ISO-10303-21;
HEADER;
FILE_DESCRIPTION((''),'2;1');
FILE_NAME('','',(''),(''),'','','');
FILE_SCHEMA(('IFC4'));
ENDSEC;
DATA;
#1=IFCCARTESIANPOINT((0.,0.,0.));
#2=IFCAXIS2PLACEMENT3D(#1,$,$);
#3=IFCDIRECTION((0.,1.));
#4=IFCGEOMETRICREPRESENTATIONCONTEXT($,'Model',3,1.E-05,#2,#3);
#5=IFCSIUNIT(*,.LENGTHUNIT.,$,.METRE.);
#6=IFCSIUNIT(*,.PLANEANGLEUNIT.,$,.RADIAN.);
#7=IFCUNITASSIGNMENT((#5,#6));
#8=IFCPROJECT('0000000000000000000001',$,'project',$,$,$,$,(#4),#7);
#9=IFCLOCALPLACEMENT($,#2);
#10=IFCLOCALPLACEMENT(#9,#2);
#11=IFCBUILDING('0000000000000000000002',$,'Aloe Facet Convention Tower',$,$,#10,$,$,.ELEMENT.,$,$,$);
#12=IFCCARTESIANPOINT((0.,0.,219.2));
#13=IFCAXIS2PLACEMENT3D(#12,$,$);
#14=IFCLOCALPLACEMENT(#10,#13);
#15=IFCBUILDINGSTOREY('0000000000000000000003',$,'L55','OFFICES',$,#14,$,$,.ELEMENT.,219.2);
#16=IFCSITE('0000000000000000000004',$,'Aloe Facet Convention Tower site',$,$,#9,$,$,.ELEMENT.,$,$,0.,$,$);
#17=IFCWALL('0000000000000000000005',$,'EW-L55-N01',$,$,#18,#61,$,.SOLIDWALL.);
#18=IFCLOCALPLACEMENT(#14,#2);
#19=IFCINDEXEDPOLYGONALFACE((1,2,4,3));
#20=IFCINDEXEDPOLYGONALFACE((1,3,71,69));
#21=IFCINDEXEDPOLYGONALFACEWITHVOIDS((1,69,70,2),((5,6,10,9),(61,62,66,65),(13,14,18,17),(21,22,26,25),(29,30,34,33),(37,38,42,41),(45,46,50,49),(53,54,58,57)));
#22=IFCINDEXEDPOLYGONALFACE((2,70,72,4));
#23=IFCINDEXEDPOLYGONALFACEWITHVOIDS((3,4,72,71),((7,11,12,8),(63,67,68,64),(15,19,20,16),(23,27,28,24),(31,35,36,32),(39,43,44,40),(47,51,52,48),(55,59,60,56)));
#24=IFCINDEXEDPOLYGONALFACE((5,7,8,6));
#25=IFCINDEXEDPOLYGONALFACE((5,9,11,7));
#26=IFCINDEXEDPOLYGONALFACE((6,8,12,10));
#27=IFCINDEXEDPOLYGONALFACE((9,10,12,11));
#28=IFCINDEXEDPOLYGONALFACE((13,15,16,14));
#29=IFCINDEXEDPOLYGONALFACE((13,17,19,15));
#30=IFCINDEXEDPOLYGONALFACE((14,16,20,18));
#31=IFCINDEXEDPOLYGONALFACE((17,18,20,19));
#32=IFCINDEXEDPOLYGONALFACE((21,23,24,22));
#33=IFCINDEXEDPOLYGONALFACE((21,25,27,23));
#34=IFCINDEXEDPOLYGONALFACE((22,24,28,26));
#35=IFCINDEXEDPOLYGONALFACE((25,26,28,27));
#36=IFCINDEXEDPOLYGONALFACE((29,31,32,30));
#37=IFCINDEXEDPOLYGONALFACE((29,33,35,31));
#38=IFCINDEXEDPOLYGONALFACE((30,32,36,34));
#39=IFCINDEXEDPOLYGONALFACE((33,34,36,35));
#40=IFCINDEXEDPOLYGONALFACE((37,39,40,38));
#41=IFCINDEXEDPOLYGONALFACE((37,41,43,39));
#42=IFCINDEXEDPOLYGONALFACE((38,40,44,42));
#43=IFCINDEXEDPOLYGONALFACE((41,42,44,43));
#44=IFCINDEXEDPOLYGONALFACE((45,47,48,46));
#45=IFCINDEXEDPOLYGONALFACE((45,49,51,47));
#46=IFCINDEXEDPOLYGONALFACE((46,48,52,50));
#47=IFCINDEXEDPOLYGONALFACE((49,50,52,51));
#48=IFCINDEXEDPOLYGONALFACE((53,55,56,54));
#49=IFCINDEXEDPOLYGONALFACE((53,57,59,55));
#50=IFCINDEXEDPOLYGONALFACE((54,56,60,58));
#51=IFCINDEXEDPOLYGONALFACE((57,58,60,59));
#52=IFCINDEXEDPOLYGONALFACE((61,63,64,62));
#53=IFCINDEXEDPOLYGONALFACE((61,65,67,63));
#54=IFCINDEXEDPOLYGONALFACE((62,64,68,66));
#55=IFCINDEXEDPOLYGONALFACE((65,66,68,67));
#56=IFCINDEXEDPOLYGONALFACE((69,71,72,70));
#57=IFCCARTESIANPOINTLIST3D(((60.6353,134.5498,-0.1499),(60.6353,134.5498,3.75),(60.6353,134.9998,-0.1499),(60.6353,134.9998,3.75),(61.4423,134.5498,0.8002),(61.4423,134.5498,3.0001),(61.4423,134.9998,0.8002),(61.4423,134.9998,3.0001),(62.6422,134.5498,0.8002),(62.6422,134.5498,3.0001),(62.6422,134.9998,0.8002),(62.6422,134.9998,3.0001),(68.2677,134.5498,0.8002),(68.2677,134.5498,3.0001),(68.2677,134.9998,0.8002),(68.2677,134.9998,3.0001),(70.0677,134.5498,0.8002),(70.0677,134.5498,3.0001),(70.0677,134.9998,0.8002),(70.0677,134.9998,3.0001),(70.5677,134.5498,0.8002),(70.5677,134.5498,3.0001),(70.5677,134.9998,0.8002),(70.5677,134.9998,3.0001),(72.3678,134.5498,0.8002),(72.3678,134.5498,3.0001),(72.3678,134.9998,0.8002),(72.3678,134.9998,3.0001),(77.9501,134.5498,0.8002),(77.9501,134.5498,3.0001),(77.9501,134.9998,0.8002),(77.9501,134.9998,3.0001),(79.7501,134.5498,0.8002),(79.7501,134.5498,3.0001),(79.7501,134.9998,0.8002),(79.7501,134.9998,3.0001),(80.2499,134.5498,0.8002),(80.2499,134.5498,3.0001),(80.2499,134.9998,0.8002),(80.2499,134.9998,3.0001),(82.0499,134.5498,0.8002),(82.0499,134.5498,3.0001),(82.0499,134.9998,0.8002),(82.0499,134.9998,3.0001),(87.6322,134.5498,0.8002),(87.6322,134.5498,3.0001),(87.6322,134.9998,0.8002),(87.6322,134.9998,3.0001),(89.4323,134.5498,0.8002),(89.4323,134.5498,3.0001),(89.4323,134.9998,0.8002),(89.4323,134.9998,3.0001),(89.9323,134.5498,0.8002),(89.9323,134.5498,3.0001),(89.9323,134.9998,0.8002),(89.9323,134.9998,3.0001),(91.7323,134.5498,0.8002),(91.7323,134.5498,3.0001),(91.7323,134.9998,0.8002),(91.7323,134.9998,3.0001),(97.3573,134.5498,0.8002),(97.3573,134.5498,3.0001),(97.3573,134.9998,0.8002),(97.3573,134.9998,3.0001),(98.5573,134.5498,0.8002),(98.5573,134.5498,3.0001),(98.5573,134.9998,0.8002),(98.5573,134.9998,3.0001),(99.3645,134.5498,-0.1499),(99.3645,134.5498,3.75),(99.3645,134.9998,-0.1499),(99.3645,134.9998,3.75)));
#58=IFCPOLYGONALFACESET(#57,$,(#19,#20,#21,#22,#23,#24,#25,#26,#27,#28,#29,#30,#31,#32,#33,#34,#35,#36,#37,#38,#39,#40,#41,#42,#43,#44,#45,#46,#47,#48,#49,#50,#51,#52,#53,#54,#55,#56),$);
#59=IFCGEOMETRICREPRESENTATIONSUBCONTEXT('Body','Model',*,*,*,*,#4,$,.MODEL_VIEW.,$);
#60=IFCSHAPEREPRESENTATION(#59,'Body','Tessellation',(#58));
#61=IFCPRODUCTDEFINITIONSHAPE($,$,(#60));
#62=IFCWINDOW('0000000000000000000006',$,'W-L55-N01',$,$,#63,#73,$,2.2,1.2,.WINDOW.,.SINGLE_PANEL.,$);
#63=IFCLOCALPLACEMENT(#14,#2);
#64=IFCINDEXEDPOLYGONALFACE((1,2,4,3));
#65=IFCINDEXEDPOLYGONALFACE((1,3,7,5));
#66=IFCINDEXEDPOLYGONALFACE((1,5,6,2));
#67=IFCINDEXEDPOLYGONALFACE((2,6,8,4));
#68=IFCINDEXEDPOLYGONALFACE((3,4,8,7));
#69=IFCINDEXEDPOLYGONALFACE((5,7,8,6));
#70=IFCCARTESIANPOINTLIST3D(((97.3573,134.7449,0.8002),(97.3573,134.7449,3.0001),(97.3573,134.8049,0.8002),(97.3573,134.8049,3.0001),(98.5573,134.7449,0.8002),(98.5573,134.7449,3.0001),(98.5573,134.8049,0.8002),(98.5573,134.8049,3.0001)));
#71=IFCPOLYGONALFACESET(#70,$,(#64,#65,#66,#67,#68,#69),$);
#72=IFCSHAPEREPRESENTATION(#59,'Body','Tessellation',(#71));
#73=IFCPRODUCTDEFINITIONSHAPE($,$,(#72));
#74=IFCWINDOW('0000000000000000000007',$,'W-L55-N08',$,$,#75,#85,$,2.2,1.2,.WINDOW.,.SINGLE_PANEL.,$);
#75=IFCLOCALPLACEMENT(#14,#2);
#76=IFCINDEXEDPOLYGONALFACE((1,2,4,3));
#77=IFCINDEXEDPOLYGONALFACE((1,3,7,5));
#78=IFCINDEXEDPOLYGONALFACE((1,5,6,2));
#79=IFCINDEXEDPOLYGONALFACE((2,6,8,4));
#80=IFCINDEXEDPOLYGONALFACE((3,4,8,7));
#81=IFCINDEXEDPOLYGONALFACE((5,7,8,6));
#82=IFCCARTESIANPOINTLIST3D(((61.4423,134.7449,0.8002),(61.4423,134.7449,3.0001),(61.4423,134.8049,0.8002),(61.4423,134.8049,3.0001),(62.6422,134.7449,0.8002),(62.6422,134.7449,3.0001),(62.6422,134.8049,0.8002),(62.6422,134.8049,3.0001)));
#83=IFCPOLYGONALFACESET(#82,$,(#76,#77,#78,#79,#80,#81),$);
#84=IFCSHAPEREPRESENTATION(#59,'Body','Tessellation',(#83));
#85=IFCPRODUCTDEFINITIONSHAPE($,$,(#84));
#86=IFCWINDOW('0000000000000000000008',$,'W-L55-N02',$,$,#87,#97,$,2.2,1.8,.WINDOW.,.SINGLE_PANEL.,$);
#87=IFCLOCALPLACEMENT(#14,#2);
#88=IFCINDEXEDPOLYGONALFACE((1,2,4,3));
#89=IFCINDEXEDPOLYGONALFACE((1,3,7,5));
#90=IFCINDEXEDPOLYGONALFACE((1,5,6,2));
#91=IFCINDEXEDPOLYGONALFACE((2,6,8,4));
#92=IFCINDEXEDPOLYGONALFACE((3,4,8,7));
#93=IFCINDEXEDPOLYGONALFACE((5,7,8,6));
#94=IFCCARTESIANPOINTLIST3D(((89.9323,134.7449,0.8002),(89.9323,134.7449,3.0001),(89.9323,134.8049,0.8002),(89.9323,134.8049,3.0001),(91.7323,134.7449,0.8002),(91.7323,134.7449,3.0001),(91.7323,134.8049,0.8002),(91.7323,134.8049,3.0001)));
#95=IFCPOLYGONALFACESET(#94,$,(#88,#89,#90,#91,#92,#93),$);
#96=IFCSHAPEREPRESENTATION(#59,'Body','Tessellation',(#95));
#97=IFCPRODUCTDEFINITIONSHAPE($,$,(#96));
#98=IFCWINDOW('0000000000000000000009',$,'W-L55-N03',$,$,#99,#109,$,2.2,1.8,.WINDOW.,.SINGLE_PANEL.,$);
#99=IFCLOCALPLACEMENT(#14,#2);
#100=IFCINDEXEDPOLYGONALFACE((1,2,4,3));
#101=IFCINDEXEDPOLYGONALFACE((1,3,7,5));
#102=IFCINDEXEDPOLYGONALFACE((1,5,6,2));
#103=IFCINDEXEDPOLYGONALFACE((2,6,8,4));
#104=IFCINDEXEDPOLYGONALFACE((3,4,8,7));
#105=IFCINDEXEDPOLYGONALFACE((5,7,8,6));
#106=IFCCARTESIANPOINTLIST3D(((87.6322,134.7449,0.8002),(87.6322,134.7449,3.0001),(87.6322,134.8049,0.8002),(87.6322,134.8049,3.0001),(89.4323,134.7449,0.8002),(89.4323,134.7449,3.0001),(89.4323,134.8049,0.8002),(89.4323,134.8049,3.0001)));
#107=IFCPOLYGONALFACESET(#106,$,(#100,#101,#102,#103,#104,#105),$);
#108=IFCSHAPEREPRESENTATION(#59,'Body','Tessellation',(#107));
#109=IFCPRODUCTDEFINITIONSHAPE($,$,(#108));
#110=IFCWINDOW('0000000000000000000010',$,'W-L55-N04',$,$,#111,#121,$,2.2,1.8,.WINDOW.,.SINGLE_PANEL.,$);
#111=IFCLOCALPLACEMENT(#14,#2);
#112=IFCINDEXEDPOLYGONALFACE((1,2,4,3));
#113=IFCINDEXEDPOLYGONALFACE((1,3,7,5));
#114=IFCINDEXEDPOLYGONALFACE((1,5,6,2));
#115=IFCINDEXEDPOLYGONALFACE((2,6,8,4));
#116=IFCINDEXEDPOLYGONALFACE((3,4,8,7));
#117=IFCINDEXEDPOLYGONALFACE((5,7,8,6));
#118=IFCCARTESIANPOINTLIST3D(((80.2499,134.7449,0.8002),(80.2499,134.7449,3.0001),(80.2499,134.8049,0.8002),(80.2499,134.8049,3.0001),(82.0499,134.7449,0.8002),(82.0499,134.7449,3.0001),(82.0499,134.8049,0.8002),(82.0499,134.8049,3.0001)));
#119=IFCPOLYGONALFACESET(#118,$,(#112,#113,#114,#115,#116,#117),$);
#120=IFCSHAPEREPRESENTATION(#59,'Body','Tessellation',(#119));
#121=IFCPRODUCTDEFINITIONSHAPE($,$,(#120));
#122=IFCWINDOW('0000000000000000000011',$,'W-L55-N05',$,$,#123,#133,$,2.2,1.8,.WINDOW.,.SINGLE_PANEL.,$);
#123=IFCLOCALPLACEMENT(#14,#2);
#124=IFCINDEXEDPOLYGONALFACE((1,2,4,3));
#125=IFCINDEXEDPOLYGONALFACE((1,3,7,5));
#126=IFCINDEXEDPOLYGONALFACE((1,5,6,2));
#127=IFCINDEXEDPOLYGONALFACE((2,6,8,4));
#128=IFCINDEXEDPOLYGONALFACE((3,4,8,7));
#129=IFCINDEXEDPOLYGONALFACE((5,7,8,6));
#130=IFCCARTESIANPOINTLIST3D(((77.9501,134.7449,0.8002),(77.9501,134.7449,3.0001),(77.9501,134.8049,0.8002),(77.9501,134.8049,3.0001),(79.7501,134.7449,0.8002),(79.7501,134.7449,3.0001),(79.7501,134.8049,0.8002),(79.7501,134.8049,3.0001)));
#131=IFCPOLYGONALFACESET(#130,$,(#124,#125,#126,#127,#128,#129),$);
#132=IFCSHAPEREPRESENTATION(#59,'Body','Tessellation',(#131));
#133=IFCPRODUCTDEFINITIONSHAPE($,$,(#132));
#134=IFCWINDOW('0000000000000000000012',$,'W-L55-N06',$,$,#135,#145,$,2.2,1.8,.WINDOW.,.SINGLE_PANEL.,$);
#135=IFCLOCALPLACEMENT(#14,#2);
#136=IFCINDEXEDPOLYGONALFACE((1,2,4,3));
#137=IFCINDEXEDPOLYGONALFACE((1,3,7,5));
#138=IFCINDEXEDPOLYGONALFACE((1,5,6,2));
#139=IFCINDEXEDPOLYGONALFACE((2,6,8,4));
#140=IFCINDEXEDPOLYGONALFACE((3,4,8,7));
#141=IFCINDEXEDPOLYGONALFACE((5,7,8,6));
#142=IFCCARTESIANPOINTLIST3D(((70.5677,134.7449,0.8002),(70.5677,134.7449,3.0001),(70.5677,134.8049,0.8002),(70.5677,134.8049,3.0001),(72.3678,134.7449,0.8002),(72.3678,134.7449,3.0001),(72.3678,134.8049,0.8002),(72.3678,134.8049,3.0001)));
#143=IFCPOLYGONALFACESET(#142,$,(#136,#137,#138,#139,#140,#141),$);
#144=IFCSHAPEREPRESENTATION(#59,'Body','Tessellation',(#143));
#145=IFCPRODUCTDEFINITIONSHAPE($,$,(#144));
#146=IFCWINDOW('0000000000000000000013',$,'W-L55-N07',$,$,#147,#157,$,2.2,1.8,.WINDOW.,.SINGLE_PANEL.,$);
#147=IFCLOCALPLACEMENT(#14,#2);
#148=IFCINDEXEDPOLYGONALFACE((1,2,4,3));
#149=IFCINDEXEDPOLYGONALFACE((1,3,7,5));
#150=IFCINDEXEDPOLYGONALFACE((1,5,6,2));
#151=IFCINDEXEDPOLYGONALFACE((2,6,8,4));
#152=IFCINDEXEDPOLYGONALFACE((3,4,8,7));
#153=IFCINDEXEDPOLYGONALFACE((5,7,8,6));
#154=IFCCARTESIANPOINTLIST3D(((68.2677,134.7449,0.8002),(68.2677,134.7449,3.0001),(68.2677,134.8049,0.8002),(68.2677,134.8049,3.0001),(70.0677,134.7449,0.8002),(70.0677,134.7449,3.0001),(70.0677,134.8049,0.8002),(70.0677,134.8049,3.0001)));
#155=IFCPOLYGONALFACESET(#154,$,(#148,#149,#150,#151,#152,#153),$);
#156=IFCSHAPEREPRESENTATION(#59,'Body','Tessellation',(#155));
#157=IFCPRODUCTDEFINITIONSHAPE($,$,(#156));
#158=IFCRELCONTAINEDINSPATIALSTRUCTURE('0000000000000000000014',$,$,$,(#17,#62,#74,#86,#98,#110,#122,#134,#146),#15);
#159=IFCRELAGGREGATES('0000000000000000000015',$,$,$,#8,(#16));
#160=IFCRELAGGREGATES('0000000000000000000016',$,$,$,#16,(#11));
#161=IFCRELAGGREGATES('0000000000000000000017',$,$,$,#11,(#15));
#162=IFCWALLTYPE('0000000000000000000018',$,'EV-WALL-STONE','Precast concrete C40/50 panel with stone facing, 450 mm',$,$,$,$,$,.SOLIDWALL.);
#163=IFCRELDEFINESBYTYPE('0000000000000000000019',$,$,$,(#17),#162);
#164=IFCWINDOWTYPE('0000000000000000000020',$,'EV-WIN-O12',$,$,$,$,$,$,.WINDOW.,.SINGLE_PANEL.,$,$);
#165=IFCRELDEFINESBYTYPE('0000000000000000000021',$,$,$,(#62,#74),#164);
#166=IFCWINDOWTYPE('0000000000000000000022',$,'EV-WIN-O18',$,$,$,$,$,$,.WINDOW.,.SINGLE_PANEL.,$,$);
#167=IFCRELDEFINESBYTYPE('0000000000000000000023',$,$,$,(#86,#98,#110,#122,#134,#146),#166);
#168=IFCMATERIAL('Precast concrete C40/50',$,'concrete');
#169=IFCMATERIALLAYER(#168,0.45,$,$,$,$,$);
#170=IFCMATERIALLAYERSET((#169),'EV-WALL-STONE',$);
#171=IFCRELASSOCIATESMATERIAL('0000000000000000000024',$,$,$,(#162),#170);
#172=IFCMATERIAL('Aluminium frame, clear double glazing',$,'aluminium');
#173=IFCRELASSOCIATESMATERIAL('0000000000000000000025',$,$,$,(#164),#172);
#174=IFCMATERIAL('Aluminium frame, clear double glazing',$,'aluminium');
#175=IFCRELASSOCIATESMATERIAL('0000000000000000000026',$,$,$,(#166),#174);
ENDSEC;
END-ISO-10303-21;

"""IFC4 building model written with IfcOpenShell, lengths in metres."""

from ifc_helpers import new_model, si_unit, direction, frame, frame_2d, origin, place, context, subcontext, project, spatial, polyline, rectangle, outline, extrude, material, layer, layer_set, type_object, element, fill, save


model = new_model("IFC4")

# Units and contexts
model_context = context("Model", 3, precision=1e-05, world=origin(), true_north=direction((0.0, 1.0)))
body_context = subcontext(model_context, "Body", "Model", "MODEL_VIEW")
ifc_project = project(units=[si_unit("LENGTHUNIT", "METRE"), si_unit("PLANEANGLEUNIT", "RADIAN")], contexts=[model_context])

# Site, building, storey
site_placement = place(None, origin())
site = spatial("IfcSite", under=ifc_project, at=site_placement, Name="Aloe Facet Convention Tower site", CompositionType="ELEMENT", RefElevation=0.0)
building_placement = place(site_placement, origin())
building = spatial("IfcBuilding", under=site, at=building_placement, Name="Aloe Facet Convention Tower", CompositionType="ELEMENT")
storey_placement = place(building_placement, frame((0.0, 0.0, 219.2)))
storey = spatial("IfcBuildingStorey", under=building, at=storey_placement, Name="L55", Description="OFFICES", CompositionType="ELEMENT", Elevation=219.2)

# Wall, openings, windows
ifc_material_1 = material(Name="Precast concrete C40/50", Category="concrete")
ifc_layer_1 = layer(ifc_material_1, 0.45)
ifc_layer_set_1 = layer_set([ifc_layer_1], Name="EV-WALL-STONE")
wall_type_1 = type_object("IfcWallType", Name="EV-WALL-STONE", Description="Precast concrete C40/50 panel with stone facing, 450 mm", PredefinedType="SOLIDWALL", material=ifc_layer_set_1)
wall_1_placement = place(storey_placement, frame((99.3645, 134.7749, -0.1499), z_axis=(0.0, 0.0, 1.0), x_axis=(-1.0, 0.0, 0.0)))
wall_1 = element("IfcWall", 1, at=wall_1_placement, inside=storey, type_object=wall_type_1, Name="EW-L55-N01", PredefinedType="SOLIDWALL", context=body_context, shape_type="SweptSolid", body=[
    extrude(outline(polyline([(38.7292, 0.0), (38.7292, 3.8999), (0.0, 3.8999), (0.0, 0.0), (38.7292, 0.0)])), frame((0.0, 0.2251, 0.0), z_axis=(0.0, -1.0, 0.0), x_axis=(1.0, 0.0, 0.0)), (0.0, 0.0, 1.0), 0.45),
])
opening_1_placement = place(wall_1_placement, frame((0.8071, 0.0, 0.95)))
opening_1 = element("IfcOpeningElement", 2, at=opening_1_placement, cuts=wall_1, PredefinedType="OPENING", context=body_context, shape_type="SweptSolid", body=[
    extrude(rectangle(XDim=1.2, YDim=2.2, at=frame_2d((0.6001, 1.1001))), frame((0.0, 0.2349, 0.0), z_axis=(0.0, -1.0, 0.0), x_axis=(1.0, 0.0, 0.0)), (0.0, 0.0, 1.0), 0.47),
])
opening_2_placement = place(wall_1_placement, frame((7.6323, 0.0, 0.95)))
opening_2 = element("IfcOpeningElement", 3, at=opening_2_placement, cuts=wall_1, PredefinedType="OPENING", context=body_context, shape_type="SweptSolid", body=[
    extrude(rectangle(XDim=1.8, YDim=2.2, at=frame_2d((0.8999, 1.1001))), frame((0.0, 0.2349, 0.0), z_axis=(0.0, -1.0, 0.0), x_axis=(1.0, 0.0, 0.0)), (0.0, 0.0, 1.0), 0.47),
])
opening_3_placement = place(wall_1_placement, frame((9.9324, 0.0, 0.95)))
opening_3 = element("IfcOpeningElement", 4, at=opening_3_placement, cuts=wall_1, PredefinedType="OPENING", context=body_context, shape_type="SweptSolid", body=[
    extrude(rectangle(XDim=1.8, YDim=2.2, at=frame_2d((0.8999, 1.1001))), frame((0.0, 0.2349, 0.0), z_axis=(0.0, -1.0, 0.0), x_axis=(1.0, 0.0, 0.0)), (0.0, 0.0, 1.0), 0.47),
])
opening_4_placement = place(wall_1_placement, frame((17.3147, 0.0, 0.95)))
opening_4 = element("IfcOpeningElement", 5, at=opening_4_placement, cuts=wall_1, PredefinedType="OPENING", context=body_context, shape_type="SweptSolid", body=[
    extrude(rectangle(XDim=1.8, YDim=2.2, at=frame_2d((0.8999, 1.1001))), frame((0.0, 0.2349, 0.0), z_axis=(0.0, -1.0, 0.0), x_axis=(1.0, 0.0, 0.0)), (0.0, 0.0, 1.0), 0.47),
])
opening_5_placement = place(wall_1_placement, frame((19.6145, 0.0, 0.95)))
opening_5 = element("IfcOpeningElement", 6, at=opening_5_placement, cuts=wall_1, PredefinedType="OPENING", context=body_context, shape_type="SweptSolid", body=[
    extrude(rectangle(XDim=1.8, YDim=2.2, at=frame_2d((0.8999, 1.1001))), frame((0.0, 0.2349, 0.0), z_axis=(0.0, -1.0, 0.0), x_axis=(1.0, 0.0, 0.0)), (0.0, 0.0, 1.0), 0.47),
])
opening_6_placement = place(wall_1_placement, frame((26.9968, 0.0, 0.95)))
opening_6 = element("IfcOpeningElement", 7, at=opening_6_placement, cuts=wall_1, PredefinedType="OPENING", context=body_context, shape_type="SweptSolid", body=[
    extrude(rectangle(XDim=1.8, YDim=2.2, at=frame_2d((0.8999, 1.1001))), frame((0.0, 0.2349, 0.0), z_axis=(0.0, -1.0, 0.0), x_axis=(1.0, 0.0, 0.0)), (0.0, 0.0, 1.0), 0.47),
])
opening_7_placement = place(wall_1_placement, frame((29.2969, 0.0, 0.95)))
opening_7 = element("IfcOpeningElement", 8, at=opening_7_placement, cuts=wall_1, PredefinedType="OPENING", context=body_context, shape_type="SweptSolid", body=[
    extrude(rectangle(XDim=1.8, YDim=2.2, at=frame_2d((0.8999, 1.1001))), frame((0.0, 0.2349, 0.0), z_axis=(0.0, -1.0, 0.0), x_axis=(1.0, 0.0, 0.0)), (0.0, 0.0, 1.0), 0.47),
])
opening_8_placement = place(wall_1_placement, frame((36.7222, 0.0, 0.95)))
opening_8 = element("IfcOpeningElement", 9, at=opening_8_placement, cuts=wall_1, PredefinedType="OPENING", context=body_context, shape_type="SweptSolid", body=[
    extrude(rectangle(XDim=1.2, YDim=2.2, at=frame_2d((0.6001, 1.1001))), frame((0.0, 0.2349, 0.0), z_axis=(0.0, -1.0, 0.0), x_axis=(1.0, 0.0, 0.0)), (0.0, 0.0, 1.0), 0.47),
])
ifc_material_2 = material(Name="Aluminium frame, clear double glazing", Category="aluminium")
window_type_1 = type_object("IfcWindowType", Name="EV-WIN-O12", PartitioningType="SINGLE_PANEL", PredefinedType="WINDOW", material=ifc_material_2)
window_1_placement = place(opening_1_placement, origin())
window_1 = element("IfcWindow", 10, at=window_1_placement, inside=storey, type_object=window_type_1, Name="W-L55-N01", OverallHeight=2.2, OverallWidth=1.2, PartitioningType="SINGLE_PANEL", PredefinedType="WINDOW", context=body_context, shape_type="SweptSolid", body=[
    extrude(rectangle(XDim=1.2, YDim=2.2, at=frame_2d((0.6001, 1.1001))), frame((0.0, 0.03, 0.0), z_axis=(0.0, -1.0, 0.0), x_axis=(1.0, 0.0, 0.0)), (0.0, 0.0, 1.0), 0.0601),
])
fill(opening_1, window_1)
window_2_placement = place(opening_8_placement, origin())
window_2 = element("IfcWindow", 11, at=window_2_placement, inside=storey, type_object=window_type_1, Name="W-L55-N08", OverallHeight=2.2, OverallWidth=1.2, PartitioningType="SINGLE_PANEL", PredefinedType="WINDOW", context=body_context, shape_type="SweptSolid", body=[
    extrude(rectangle(XDim=1.2, YDim=2.2, at=frame_2d((0.6001, 1.1001))), frame((0.0, 0.03, 0.0), z_axis=(0.0, -1.0, 0.0), x_axis=(1.0, 0.0, 0.0)), (0.0, 0.0, 1.0), 0.0601),
])
fill(opening_8, window_2)
ifc_material_3 = material(Name="Aluminium frame, clear double glazing", Category="aluminium")
window_type_2 = type_object("IfcWindowType", Name="EV-WIN-O18", PartitioningType="SINGLE_PANEL", PredefinedType="WINDOW", material=ifc_material_3)
window_3_placement = place(opening_2_placement, origin())
window_3 = element("IfcWindow", 12, at=window_3_placement, inside=storey, type_object=window_type_2, Name="W-L55-N02", OverallHeight=2.2, OverallWidth=1.8, PartitioningType="SINGLE_PANEL", PredefinedType="WINDOW", context=body_context, shape_type="SweptSolid", body=[
    extrude(rectangle(XDim=1.8, YDim=2.2, at=frame_2d((0.8999, 1.1001))), frame((0.0, 0.03, 0.0), z_axis=(0.0, -1.0, 0.0), x_axis=(1.0, 0.0, 0.0)), (0.0, 0.0, 1.0), 0.0601),
])
fill(opening_2, window_3)
window_4_placement = place(opening_3_placement, origin())
window_4 = element("IfcWindow", 13, at=window_4_placement, inside=storey, type_object=window_type_2, Name="W-L55-N03", OverallHeight=2.2, OverallWidth=1.8, PartitioningType="SINGLE_PANEL", PredefinedType="WINDOW", context=body_context, shape_type="SweptSolid", body=[
    extrude(rectangle(XDim=1.8, YDim=2.2, at=frame_2d((0.8999, 1.1001))), frame((0.0, 0.03, 0.0), z_axis=(0.0, -1.0, 0.0), x_axis=(1.0, 0.0, 0.0)), (0.0, 0.0, 1.0), 0.0601),
])
fill(opening_3, window_4)
window_5_placement = place(opening_4_placement, origin())
window_5 = element("IfcWindow", 14, at=window_5_placement, inside=storey, type_object=window_type_2, Name="W-L55-N04", OverallHeight=2.2, OverallWidth=1.8, PartitioningType="SINGLE_PANEL", PredefinedType="WINDOW", context=body_context, shape_type="SweptSolid", body=[
    extrude(rectangle(XDim=1.8, YDim=2.2, at=frame_2d((0.8999, 1.1001))), frame((0.0, 0.03, 0.0), z_axis=(0.0, -1.0, 0.0), x_axis=(1.0, 0.0, 0.0)), (0.0, 0.0, 1.0), 0.0601),
])
fill(opening_4, window_5)
window_6_placement = place(opening_5_placement, origin())
window_6 = element("IfcWindow", 15, at=window_6_placement, inside=storey, type_object=window_type_2, Name="W-L55-N05", OverallHeight=2.2, OverallWidth=1.8, PartitioningType="SINGLE_PANEL", PredefinedType="WINDOW", context=body_context, shape_type="SweptSolid", body=[
    extrude(rectangle(XDim=1.8, YDim=2.2, at=frame_2d((0.8999, 1.1001))), frame((0.0, 0.03, 0.0), z_axis=(0.0, -1.0, 0.0), x_axis=(1.0, 0.0, 0.0)), (0.0, 0.0, 1.0), 0.0601),
])
fill(opening_5, window_6)
window_7_placement = place(opening_6_placement, origin())
window_7 = element("IfcWindow", 16, at=window_7_placement, inside=storey, type_object=window_type_2, Name="W-L55-N06", OverallHeight=2.2, OverallWidth=1.8, PartitioningType="SINGLE_PANEL", PredefinedType="WINDOW", context=body_context, shape_type="SweptSolid", body=[
    extrude(rectangle(XDim=1.8, YDim=2.2, at=frame_2d((0.8999, 1.1001))), frame((0.0, 0.03, 0.0), z_axis=(0.0, -1.0, 0.0), x_axis=(1.0, 0.0, 0.0)), (0.0, 0.0, 1.0), 0.0601),
])
fill(opening_6, window_7)
window_8_placement = place(opening_7_placement, origin())
window_8 = element("IfcWindow", 17, at=window_8_placement, inside=storey, type_object=window_type_2, Name="W-L55-N07", OverallHeight=2.2, OverallWidth=1.8, PartitioningType="SINGLE_PANEL", PredefinedType="WINDOW", context=body_context, shape_type="SweptSolid", body=[
    extrude(rectangle(XDim=1.8, YDim=2.2, at=frame_2d((0.8999, 1.1001))), frame((0.0, 0.03, 0.0), z_axis=(0.0, -1.0, 0.0), x_axis=(1.0, 0.0, 0.0)), (0.0, 0.0, 1.0), 0.0601),
])
fill(opening_7, window_8)

save(model, "model.ifc")
